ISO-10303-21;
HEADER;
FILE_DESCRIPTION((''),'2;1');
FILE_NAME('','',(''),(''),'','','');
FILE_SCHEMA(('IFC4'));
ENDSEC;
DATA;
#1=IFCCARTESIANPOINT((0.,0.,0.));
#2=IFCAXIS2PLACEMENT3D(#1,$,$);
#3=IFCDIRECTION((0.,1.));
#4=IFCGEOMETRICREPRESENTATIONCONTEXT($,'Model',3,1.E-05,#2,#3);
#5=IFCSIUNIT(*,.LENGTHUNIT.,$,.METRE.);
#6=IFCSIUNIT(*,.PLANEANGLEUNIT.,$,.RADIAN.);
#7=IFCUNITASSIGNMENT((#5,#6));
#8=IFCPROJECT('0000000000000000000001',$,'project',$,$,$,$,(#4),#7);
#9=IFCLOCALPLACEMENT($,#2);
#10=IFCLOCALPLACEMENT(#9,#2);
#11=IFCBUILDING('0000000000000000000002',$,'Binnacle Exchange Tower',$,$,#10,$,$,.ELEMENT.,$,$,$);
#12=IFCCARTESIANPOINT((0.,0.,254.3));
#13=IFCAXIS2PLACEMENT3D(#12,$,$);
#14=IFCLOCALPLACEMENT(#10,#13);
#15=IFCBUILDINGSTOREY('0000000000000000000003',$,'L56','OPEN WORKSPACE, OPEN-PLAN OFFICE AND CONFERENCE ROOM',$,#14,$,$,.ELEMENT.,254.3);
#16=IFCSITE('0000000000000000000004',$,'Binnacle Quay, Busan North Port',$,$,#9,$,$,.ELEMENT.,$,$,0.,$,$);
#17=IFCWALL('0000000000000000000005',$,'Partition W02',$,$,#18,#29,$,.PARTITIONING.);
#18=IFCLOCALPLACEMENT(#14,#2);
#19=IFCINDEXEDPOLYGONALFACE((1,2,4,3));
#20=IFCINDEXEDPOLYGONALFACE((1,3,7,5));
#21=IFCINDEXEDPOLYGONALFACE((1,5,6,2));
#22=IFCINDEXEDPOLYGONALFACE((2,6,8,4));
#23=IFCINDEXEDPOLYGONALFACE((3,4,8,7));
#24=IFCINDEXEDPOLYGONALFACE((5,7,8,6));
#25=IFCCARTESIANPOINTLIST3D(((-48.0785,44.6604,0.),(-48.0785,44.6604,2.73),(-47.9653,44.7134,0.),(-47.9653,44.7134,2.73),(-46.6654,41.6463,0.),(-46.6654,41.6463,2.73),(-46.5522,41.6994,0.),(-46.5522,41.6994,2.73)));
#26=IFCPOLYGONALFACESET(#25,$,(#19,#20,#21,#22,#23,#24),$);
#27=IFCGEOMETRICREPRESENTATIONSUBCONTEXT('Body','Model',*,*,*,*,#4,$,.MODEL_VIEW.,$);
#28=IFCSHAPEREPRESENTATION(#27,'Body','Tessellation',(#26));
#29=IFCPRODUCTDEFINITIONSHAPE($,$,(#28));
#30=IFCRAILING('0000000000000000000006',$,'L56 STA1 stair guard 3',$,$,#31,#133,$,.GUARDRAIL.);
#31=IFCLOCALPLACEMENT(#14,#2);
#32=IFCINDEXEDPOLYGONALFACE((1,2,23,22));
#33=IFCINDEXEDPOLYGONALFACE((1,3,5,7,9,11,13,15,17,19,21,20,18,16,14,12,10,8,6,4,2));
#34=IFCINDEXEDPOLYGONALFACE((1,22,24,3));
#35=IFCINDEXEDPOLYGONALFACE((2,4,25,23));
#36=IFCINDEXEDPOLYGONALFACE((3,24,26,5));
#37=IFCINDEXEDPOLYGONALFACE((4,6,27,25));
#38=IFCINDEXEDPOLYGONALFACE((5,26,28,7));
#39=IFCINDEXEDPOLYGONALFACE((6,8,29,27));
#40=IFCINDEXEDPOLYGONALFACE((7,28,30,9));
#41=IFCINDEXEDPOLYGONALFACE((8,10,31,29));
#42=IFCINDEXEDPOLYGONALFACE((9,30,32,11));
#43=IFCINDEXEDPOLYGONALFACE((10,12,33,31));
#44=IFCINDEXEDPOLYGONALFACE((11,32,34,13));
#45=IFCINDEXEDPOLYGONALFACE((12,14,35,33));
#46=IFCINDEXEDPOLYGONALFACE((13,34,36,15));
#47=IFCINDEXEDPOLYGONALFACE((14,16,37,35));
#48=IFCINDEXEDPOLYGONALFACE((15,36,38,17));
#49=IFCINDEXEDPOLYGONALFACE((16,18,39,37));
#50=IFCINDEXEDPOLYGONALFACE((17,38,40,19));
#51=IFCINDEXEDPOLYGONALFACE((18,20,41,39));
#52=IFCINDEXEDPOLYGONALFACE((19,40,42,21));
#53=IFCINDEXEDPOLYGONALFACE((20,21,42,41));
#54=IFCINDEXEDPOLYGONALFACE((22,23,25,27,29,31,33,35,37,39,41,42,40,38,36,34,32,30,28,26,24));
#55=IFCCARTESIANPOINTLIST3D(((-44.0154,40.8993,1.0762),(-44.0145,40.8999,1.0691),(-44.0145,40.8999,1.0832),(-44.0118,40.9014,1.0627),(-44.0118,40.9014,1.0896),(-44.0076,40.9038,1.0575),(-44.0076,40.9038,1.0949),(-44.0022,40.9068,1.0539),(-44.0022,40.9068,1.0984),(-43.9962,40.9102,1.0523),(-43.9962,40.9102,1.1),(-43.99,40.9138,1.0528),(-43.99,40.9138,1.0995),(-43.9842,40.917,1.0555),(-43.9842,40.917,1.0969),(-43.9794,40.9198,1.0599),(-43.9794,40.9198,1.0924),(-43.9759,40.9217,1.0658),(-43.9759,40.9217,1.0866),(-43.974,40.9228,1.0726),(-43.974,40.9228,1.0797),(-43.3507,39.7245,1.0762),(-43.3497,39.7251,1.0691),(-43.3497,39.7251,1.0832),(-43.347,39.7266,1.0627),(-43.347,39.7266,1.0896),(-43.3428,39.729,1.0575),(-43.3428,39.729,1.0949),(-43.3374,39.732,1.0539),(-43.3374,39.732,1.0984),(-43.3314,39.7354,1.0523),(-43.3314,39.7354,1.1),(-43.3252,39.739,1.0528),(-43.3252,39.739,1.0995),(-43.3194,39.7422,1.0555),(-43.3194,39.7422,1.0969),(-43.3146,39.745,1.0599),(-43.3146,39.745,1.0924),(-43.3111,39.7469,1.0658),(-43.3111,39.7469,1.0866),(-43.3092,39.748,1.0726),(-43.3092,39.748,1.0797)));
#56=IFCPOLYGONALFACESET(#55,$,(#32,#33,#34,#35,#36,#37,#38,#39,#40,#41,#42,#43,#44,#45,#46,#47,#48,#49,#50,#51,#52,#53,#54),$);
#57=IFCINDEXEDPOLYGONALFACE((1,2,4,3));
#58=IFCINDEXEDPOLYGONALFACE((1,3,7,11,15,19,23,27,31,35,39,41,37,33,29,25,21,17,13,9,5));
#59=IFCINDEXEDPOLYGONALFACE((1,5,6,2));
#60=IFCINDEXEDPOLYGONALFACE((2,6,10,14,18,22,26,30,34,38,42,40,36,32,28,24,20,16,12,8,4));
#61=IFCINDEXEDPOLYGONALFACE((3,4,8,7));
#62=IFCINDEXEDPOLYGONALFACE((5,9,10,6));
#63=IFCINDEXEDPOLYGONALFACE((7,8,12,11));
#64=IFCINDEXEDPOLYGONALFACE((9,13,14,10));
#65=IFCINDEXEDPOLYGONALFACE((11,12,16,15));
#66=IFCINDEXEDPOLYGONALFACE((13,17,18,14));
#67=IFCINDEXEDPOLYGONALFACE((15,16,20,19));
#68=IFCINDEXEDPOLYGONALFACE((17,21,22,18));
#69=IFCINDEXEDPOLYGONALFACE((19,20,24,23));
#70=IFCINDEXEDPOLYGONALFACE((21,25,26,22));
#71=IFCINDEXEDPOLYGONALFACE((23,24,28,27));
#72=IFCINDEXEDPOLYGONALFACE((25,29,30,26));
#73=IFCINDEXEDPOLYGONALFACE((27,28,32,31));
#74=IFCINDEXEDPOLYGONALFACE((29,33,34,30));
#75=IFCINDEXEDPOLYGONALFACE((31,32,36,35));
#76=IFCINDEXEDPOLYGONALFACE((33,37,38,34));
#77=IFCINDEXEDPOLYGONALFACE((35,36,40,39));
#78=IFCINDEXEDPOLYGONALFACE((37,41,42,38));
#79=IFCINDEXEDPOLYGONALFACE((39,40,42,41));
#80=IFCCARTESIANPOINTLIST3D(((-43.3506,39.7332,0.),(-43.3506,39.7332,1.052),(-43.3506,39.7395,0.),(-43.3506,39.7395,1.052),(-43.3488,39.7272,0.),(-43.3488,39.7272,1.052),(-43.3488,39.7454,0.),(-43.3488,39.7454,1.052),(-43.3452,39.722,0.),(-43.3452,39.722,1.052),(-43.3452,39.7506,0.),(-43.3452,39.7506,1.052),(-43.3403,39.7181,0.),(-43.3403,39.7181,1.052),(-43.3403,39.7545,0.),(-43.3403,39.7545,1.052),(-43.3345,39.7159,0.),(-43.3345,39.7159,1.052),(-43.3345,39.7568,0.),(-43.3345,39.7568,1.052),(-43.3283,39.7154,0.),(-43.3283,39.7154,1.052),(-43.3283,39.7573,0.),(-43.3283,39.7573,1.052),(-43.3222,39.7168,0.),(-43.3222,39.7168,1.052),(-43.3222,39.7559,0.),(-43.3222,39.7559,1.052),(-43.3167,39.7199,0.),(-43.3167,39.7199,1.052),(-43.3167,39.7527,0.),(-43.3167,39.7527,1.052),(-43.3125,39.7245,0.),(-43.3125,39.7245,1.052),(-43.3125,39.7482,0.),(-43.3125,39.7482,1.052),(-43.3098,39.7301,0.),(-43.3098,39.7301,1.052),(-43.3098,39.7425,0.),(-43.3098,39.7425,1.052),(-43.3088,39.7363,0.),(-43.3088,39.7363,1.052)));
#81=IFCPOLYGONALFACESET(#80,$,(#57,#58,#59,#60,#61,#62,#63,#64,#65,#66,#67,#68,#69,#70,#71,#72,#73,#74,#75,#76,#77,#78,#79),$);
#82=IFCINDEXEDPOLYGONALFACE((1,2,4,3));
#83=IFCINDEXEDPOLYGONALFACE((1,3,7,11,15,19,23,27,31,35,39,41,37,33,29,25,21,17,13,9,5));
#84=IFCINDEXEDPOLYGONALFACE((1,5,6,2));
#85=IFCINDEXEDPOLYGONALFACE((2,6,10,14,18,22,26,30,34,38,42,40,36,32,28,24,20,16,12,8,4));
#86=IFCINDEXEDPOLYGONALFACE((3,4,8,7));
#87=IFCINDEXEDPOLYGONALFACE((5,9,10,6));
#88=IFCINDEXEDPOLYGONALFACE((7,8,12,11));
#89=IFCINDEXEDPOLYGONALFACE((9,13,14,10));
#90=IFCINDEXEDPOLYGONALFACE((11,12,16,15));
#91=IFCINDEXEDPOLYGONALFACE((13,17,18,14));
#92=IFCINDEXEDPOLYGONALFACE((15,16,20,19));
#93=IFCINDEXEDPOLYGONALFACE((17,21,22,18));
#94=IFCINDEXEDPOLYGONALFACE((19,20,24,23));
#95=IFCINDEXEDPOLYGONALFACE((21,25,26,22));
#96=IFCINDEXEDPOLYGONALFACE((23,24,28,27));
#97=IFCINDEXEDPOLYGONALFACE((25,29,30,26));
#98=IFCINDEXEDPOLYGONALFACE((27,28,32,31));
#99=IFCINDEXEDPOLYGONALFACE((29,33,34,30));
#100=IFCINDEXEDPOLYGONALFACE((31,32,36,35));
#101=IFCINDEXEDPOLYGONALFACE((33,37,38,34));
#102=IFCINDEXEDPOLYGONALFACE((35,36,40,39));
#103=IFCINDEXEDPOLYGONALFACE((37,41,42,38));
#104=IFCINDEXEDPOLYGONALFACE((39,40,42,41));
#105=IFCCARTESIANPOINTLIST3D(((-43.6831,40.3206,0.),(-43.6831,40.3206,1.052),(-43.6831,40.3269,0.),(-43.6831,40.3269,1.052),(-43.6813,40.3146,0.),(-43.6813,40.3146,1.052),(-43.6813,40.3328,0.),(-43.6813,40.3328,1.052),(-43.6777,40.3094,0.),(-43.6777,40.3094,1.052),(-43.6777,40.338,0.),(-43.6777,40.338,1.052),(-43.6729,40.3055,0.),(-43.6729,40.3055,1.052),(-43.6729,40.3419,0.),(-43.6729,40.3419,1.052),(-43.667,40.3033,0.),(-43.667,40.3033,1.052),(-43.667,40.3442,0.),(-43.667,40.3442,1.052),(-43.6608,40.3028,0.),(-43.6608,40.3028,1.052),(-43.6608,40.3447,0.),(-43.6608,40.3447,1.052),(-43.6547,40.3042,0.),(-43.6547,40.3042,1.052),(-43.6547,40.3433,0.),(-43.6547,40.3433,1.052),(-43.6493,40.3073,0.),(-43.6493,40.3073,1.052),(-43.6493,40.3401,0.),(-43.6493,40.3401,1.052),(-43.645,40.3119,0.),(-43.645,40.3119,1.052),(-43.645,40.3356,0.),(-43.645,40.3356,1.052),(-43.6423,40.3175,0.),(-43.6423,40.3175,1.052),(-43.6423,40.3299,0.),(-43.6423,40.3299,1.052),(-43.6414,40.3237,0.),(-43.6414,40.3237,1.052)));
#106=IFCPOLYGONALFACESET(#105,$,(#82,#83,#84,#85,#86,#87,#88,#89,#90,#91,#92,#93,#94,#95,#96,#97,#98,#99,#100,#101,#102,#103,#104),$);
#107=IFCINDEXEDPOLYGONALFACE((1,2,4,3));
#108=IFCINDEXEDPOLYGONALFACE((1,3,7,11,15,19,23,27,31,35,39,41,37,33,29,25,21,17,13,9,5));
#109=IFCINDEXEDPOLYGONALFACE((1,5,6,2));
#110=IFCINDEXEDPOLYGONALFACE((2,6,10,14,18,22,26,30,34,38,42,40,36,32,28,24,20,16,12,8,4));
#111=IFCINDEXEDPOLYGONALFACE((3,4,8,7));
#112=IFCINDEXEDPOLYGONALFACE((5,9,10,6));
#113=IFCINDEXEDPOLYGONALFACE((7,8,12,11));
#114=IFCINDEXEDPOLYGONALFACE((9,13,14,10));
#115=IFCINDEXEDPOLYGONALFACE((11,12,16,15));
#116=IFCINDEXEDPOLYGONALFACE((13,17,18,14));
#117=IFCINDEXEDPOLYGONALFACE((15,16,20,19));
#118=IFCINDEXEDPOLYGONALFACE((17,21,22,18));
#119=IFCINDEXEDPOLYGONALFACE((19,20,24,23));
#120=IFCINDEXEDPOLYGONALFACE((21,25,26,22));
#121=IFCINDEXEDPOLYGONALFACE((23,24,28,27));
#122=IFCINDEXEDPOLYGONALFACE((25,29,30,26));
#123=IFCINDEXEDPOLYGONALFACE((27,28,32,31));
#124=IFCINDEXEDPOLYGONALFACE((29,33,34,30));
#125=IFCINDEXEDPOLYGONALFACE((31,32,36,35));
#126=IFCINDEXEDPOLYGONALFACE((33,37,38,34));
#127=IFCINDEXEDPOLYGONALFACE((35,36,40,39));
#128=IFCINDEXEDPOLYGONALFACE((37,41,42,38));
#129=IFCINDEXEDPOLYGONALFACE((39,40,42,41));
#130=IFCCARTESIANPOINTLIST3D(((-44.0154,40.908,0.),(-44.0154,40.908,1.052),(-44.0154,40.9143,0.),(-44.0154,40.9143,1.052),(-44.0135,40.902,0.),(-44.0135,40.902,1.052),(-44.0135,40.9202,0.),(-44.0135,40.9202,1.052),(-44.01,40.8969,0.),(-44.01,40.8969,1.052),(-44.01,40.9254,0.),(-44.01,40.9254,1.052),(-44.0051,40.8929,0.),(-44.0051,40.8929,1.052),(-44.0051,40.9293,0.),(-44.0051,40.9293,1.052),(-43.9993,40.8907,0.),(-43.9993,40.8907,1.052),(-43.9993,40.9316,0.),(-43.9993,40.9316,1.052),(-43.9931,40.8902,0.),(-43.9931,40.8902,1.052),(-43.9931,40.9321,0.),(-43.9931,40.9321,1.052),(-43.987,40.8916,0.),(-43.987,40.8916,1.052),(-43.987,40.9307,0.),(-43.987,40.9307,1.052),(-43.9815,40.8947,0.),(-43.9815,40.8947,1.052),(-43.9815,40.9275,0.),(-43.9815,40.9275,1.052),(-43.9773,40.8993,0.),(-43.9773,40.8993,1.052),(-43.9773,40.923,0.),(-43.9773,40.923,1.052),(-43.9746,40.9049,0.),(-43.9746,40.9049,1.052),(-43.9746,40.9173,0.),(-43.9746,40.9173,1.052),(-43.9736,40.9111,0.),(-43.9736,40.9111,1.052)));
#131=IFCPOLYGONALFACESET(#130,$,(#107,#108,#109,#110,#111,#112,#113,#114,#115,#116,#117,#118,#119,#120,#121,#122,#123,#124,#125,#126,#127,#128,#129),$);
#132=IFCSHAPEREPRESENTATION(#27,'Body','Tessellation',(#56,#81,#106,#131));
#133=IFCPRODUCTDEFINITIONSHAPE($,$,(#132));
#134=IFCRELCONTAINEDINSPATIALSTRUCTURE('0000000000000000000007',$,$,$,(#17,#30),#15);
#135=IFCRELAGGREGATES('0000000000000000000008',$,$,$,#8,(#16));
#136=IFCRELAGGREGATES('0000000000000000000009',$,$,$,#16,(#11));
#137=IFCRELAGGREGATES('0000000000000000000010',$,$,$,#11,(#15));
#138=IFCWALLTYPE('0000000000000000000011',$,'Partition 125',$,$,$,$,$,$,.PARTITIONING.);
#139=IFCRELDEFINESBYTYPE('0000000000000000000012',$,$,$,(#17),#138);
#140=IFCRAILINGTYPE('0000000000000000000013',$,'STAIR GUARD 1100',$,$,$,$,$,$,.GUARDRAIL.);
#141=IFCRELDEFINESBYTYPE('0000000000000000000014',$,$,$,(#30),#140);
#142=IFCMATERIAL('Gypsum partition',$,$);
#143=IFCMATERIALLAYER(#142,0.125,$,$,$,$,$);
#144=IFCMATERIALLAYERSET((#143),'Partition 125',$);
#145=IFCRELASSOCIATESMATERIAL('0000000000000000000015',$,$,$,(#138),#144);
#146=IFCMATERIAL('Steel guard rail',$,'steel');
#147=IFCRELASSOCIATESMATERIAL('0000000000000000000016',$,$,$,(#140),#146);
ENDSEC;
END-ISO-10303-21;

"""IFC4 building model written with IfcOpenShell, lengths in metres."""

from ifc_helpers import new_model, si_unit, direction, frame, frame_2d, origin, origin_2d, place, context, subcontext, project, spatial, rectangle, circle, extrude, material, layer, layer_set, type_object, element, save


model = new_model("IFC4")

# Units and contexts
model_context = context("Model", 3, precision=1e-05, world=origin(), true_north=direction((0.0, 1.0)))
body_context = subcontext(model_context, "Body", "Model", "MODEL_VIEW")
ifc_project = project(units=[si_unit("LENGTHUNIT", "METRE"), si_unit("PLANEANGLEUNIT", "RADIAN")], contexts=[model_context])

# Site, building, storey
site_placement = place(None, origin())
site = spatial("IfcSite", under=ifc_project, at=site_placement, Name="Binnacle Quay, Busan North Port", CompositionType="ELEMENT", RefElevation=0.0)
building_placement = place(site_placement, origin())
building = spatial("IfcBuilding", under=site, at=building_placement, Name="Binnacle Exchange Tower", CompositionType="ELEMENT")
storey_placement = place(building_placement, frame((0.0, 0.0, 254.3)))
storey = spatial("IfcBuildingStorey", under=building, at=storey_placement, Name="L56", Description="OPEN WORKSPACE, OPEN-PLAN OFFICE AND CONFERENCE ROOM", CompositionType="ELEMENT", Elevation=254.3)

# Shared definitions
ifc_material_1 = material(Name="Gypsum partition")
ifc_layer_1 = layer(ifc_material_1, 0.125)
ifc_layer_set_1 = layer_set([ifc_layer_1], Name="Partition 125")
wall_type_1 = type_object("IfcWallType", Name="Partition 125", PredefinedType="PARTITIONING", material=ifc_layer_set_1)

# Wall
wall_1_placement = place(storey_placement, frame((-48.022, 44.687, 0.0), z_axis=(0.0, 0.0, 1.0), x_axis=(0.424511, -0.905423, 0.0)))
element("IfcWall", 1, at=wall_1_placement, inside=storey, type_object=wall_type_1, Name="Partition W02", PredefinedType="PARTITIONING", context=body_context, shape_type="SweptSolid", body=[
    extrude(rectangle(XDim=3.3289, YDim=0.125, at=frame_2d((1.6646, 0.0))), origin(), (0.0, 0.0, 1.0), 2.73),
])

# Railing
ifc_material_2 = material(Name="Steel guard rail", Category="steel")
railing_type = type_object("IfcRailingType", Name="STAIR GUARD 1100", PredefinedType="GUARDRAIL", material=ifc_material_2)
railing_1_placement = place(storey_placement, frame((-43.3298, 39.7363, 0.0)))
element("IfcRailing", 2, at=railing_1_placement, inside=storey, type_object=railing_type, Name="L56 STA1 stair guard 3", PredefinedType="GUARDRAIL", context=body_context, shape_type="SweptSolid", body=[
    extrude(circle(Radius=0.0239, at=origin_2d()), frame((0.0, 0.0, 1.0762), z_axis=(-0.492492, 0.870317, 0.0), x_axis=(-0.870317, -0.492492, 0.0)), (0.0, 0.0, 1.0), 1.3499),
    extrude(circle(Radius=0.021, at=origin_2d()), origin(), (0.0, 0.0, 1.0), 1.052),
    extrude(circle(Radius=0.021, at=origin_2d()), frame((-0.3325, 0.5874, 0.0)), (0.0, 0.0, 1.0), 1.052),
    extrude(circle(Radius=0.021, at=origin_2d()), frame((-0.6648, 1.1748, 0.0)), (0.0, 0.0, 1.0), 1.052),
])

save(model, "model.ifc")
